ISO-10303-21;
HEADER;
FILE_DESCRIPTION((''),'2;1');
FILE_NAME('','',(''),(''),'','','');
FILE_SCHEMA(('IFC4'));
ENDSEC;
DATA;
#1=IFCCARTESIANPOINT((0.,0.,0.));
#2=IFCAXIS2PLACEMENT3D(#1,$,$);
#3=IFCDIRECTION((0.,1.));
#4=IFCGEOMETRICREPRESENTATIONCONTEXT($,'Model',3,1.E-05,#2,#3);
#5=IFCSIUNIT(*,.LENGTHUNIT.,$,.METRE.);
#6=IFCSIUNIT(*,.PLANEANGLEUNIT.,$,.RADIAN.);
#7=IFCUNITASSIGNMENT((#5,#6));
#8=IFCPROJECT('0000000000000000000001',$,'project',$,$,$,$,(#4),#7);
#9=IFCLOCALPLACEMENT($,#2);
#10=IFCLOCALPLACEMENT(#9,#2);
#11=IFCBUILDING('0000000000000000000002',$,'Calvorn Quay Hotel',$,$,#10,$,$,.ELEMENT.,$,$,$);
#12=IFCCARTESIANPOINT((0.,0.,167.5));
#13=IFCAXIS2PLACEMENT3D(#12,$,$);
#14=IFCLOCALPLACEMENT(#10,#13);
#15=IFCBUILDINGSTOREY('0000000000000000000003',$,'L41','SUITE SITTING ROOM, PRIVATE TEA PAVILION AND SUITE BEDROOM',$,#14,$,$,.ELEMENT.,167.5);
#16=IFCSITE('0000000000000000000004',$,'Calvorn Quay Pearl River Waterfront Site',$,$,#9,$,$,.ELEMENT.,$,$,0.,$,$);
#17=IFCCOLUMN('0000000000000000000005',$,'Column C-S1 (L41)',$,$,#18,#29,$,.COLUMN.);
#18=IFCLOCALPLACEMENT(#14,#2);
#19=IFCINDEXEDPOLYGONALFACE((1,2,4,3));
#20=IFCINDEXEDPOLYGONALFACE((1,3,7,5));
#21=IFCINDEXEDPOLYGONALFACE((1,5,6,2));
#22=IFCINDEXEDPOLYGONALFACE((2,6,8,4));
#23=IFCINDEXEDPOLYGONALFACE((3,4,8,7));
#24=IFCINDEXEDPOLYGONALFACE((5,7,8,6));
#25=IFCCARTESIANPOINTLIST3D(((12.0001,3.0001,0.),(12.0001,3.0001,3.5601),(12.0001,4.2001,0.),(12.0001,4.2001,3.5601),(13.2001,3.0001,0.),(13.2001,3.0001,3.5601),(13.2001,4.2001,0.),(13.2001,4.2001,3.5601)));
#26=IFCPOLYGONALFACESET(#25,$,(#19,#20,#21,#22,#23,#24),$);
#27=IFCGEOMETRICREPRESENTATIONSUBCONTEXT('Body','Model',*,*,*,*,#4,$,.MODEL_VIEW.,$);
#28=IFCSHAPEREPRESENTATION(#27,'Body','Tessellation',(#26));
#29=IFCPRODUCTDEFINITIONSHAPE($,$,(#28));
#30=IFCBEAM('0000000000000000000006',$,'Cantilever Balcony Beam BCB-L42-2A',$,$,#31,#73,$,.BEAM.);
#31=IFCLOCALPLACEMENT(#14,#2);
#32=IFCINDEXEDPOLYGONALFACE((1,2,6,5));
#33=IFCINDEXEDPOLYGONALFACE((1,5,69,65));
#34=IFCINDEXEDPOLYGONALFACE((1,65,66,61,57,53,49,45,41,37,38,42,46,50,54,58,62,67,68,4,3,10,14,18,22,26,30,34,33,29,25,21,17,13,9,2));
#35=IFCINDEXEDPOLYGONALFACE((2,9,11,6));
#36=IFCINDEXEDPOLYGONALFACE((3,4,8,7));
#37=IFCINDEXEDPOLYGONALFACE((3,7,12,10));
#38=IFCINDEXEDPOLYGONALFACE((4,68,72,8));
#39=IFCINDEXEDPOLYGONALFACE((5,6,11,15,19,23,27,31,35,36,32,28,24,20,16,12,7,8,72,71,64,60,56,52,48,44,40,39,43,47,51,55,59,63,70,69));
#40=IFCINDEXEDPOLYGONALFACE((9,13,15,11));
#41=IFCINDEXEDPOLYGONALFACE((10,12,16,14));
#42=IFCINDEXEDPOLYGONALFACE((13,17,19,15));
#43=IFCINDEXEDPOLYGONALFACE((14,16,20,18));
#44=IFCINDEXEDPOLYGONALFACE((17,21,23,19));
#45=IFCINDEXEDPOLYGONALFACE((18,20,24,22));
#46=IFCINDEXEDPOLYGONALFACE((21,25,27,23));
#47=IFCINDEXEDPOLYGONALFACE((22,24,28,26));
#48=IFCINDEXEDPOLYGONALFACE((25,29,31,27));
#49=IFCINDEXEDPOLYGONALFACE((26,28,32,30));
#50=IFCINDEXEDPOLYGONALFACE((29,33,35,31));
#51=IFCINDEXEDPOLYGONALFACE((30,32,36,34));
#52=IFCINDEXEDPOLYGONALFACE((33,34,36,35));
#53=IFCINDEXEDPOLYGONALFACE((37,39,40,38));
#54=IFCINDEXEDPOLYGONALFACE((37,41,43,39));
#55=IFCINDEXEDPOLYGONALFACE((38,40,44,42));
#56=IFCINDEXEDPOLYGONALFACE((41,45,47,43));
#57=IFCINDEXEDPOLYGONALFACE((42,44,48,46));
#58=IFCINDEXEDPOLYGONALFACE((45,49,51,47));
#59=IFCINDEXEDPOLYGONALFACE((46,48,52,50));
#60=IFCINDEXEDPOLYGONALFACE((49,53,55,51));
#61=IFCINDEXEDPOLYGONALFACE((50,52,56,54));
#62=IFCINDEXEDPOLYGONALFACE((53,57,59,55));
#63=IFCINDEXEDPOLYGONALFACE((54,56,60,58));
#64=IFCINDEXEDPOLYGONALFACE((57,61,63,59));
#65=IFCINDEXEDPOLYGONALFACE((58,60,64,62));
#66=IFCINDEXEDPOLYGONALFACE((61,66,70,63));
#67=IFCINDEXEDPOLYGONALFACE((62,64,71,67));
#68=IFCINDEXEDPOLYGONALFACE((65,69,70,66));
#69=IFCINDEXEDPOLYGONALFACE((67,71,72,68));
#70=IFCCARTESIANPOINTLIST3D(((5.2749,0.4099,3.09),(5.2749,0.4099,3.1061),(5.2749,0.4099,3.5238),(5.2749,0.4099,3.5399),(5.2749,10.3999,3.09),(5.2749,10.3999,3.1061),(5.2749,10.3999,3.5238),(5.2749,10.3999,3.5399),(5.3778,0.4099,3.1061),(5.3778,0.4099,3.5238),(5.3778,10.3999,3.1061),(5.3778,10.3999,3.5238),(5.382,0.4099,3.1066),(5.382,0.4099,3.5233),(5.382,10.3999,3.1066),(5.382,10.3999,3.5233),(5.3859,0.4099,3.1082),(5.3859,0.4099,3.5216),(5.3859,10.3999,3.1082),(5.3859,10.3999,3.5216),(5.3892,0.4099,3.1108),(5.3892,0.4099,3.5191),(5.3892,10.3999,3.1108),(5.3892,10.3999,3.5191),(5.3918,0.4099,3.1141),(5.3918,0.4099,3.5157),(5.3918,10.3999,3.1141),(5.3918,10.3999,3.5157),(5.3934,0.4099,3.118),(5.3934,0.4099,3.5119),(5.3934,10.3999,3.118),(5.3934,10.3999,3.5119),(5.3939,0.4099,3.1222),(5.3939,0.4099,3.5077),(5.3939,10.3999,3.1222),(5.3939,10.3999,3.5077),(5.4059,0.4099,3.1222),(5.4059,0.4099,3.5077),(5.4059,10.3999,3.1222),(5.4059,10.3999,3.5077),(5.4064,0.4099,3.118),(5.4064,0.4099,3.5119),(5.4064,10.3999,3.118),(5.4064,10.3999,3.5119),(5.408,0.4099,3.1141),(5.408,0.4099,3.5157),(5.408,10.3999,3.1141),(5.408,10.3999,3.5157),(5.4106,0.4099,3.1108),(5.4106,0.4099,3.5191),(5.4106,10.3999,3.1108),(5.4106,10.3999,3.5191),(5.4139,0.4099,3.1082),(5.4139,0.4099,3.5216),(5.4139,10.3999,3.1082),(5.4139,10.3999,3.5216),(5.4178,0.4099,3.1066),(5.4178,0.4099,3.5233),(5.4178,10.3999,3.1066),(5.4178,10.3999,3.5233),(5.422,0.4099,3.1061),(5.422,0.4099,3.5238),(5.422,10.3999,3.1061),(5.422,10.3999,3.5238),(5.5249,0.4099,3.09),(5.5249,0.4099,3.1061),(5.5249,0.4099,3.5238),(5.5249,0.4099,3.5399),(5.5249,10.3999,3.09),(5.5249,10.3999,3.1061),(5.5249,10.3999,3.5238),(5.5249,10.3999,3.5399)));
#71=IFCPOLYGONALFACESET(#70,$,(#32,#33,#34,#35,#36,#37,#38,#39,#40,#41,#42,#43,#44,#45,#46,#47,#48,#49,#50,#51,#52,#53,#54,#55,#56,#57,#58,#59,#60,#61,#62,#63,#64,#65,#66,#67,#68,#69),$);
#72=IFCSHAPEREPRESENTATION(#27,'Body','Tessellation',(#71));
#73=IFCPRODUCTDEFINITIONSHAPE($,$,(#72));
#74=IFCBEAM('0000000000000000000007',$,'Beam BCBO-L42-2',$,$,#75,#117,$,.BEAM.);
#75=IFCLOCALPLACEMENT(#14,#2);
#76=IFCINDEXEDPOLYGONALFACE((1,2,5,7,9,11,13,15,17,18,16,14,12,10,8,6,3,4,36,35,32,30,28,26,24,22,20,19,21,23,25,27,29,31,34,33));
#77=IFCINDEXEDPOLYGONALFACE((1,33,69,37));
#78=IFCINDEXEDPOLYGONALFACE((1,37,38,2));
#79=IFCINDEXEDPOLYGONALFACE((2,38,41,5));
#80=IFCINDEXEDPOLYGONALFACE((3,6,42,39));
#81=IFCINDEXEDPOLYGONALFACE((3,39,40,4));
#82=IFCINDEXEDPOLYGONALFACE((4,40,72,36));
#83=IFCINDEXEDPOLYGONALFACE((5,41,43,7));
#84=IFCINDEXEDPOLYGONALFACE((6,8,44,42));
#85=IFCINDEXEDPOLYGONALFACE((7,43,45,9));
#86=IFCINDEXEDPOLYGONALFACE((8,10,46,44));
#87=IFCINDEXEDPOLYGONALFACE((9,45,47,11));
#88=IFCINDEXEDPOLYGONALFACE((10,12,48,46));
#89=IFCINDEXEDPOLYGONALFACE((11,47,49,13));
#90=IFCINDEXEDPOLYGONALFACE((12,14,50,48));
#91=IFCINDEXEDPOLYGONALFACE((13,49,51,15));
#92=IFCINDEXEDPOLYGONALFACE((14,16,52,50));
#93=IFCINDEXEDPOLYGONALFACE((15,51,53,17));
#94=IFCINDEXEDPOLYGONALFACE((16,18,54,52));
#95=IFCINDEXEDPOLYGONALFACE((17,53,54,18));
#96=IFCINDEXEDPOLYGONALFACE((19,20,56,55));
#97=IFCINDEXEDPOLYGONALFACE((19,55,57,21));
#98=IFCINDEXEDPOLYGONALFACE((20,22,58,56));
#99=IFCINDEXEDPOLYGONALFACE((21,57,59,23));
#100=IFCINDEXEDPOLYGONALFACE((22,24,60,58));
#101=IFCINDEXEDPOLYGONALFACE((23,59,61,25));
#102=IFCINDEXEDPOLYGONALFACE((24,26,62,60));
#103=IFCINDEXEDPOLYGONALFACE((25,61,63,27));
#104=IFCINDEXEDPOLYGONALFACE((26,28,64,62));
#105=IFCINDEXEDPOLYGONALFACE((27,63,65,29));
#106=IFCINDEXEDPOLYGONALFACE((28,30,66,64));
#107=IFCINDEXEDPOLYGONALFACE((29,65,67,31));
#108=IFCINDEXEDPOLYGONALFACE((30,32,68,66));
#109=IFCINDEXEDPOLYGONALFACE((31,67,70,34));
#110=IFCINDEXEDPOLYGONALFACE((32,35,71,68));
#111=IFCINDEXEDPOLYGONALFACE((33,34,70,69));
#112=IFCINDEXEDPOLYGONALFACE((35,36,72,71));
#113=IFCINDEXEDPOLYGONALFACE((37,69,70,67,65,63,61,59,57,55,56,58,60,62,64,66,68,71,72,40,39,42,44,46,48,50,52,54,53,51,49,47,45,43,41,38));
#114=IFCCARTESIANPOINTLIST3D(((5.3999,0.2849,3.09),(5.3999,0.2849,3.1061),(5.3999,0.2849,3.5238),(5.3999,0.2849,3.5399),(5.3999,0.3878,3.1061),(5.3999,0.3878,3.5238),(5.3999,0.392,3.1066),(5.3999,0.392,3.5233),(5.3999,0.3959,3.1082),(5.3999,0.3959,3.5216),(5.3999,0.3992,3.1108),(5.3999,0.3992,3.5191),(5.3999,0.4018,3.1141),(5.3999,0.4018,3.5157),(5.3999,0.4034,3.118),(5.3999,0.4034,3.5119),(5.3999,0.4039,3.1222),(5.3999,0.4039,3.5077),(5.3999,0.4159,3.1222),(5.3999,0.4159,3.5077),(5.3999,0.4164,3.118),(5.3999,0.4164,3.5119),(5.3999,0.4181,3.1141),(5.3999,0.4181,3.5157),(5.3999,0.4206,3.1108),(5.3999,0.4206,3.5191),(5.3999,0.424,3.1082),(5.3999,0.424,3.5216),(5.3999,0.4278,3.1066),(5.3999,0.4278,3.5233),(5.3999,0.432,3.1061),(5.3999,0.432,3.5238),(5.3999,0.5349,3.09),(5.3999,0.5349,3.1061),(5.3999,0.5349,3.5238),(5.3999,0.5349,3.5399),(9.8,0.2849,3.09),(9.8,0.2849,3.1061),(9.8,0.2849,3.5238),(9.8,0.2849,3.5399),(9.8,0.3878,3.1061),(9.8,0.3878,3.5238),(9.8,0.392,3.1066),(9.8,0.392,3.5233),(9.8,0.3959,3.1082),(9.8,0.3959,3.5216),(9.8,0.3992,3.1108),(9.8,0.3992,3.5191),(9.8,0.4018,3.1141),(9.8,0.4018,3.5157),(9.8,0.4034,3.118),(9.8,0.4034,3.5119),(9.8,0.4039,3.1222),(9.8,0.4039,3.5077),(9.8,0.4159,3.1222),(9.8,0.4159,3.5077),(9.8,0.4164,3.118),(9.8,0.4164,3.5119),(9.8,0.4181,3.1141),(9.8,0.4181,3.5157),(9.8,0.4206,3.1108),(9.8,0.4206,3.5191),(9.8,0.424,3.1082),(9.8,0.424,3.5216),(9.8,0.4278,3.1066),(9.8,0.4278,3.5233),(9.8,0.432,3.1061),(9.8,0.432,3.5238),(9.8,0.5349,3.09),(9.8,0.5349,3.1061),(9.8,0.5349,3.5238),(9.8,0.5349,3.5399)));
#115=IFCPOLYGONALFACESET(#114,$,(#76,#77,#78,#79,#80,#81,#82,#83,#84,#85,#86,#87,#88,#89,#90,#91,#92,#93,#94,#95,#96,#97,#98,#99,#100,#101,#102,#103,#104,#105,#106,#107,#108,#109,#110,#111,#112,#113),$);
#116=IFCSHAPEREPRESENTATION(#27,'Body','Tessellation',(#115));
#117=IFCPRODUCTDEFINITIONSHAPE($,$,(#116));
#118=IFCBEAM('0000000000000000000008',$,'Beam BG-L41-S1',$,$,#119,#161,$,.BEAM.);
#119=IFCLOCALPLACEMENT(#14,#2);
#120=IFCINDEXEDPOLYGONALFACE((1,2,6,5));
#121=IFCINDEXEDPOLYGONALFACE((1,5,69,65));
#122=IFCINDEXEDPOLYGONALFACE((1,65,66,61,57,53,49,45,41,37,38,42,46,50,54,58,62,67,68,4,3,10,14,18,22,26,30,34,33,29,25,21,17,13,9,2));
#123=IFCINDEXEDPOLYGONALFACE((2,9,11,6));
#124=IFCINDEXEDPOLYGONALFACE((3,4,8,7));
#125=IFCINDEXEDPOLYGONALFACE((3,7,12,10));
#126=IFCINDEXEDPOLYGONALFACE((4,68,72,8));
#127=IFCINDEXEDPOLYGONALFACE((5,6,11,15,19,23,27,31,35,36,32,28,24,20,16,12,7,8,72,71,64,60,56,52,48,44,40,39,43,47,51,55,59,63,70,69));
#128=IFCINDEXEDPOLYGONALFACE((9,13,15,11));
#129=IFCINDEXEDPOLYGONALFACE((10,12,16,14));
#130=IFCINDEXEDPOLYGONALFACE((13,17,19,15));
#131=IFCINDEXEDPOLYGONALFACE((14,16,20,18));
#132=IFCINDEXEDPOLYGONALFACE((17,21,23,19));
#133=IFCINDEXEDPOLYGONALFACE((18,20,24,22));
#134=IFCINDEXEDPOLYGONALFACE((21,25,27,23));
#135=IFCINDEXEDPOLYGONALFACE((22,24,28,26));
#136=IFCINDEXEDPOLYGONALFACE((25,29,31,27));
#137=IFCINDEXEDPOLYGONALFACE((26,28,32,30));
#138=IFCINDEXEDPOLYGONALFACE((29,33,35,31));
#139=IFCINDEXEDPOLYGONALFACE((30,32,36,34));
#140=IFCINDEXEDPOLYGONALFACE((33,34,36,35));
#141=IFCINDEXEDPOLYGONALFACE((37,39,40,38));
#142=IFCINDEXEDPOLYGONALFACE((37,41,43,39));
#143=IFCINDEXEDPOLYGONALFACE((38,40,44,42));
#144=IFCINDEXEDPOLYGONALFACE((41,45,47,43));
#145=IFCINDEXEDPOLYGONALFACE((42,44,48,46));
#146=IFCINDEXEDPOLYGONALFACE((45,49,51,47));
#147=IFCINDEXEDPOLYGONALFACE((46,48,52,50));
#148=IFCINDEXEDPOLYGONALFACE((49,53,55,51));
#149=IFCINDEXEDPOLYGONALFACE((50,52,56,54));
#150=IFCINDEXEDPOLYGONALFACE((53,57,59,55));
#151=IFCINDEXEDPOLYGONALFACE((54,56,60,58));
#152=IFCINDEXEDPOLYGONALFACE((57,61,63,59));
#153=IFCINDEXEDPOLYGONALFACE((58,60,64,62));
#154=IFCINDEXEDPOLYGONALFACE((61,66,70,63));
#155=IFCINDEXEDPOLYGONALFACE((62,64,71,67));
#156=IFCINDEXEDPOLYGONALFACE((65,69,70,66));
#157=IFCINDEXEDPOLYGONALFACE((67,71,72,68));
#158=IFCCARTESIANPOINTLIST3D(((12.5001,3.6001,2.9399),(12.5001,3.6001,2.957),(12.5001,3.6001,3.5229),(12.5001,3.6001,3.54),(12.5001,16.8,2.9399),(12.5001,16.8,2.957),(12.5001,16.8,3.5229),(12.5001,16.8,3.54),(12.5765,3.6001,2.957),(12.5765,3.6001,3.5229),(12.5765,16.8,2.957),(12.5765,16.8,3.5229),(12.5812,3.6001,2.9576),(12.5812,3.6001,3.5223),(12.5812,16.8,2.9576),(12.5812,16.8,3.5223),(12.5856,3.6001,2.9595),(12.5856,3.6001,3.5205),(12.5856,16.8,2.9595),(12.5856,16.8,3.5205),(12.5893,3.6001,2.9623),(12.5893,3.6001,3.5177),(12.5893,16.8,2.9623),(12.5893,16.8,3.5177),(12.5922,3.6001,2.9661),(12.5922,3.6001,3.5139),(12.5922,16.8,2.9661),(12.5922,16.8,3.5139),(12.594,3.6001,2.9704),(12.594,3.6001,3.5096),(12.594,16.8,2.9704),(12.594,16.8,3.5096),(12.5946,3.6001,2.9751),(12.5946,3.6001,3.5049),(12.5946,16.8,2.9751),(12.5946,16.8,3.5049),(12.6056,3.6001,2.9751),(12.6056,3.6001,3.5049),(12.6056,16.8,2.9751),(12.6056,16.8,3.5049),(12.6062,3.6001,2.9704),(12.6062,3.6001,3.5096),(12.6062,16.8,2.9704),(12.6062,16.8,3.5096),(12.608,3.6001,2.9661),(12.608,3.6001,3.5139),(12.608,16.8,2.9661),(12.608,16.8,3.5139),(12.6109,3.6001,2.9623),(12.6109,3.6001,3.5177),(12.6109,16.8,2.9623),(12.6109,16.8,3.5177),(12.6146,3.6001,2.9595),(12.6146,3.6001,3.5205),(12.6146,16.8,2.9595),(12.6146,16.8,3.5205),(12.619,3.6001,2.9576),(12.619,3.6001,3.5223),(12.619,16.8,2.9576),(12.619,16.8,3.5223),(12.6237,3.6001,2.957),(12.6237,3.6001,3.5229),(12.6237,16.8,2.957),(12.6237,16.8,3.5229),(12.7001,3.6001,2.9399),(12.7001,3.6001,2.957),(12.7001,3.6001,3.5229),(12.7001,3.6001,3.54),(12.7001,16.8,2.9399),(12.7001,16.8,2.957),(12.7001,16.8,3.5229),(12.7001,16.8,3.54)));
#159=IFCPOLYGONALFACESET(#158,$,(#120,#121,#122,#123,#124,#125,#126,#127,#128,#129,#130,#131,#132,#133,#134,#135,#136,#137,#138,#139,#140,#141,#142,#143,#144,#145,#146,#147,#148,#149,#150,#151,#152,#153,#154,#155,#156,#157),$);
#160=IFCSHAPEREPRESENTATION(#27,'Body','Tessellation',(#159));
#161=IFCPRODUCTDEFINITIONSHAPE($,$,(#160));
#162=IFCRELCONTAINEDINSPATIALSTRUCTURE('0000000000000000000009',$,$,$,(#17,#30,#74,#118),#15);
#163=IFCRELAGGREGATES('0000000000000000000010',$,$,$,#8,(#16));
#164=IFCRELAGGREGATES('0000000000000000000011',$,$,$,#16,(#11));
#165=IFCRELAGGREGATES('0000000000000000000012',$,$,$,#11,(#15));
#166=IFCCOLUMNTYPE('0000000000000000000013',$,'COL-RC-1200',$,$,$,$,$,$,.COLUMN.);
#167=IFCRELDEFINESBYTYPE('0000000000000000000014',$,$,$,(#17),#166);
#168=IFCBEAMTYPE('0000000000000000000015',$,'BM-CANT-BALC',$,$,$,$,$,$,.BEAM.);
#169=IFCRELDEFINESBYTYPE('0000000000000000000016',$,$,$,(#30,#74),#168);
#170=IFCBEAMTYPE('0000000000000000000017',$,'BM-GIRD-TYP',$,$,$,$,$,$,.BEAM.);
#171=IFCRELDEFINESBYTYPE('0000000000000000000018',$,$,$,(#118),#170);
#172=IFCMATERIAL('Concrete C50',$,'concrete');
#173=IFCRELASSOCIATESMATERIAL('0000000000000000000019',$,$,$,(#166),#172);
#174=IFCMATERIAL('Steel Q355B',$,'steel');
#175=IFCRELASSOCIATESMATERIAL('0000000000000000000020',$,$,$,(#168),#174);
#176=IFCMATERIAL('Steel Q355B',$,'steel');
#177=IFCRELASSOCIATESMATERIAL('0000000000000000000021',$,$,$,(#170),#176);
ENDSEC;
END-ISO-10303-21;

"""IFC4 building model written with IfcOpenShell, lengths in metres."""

from ifc_helpers import new_model, si_unit, direction, frame, origin, origin_2d, place, context, subcontext, project, spatial, rectangle, i_section, extrude, material, material_profile, profile_set, type_object, element, save


model = new_model("IFC4")

# Units and contexts
model_context = context("Model", 3, precision=1e-05, world=origin(), true_north=direction((0.0, 1.0)))
body_context = subcontext(model_context, "Body", "Model", "MODEL_VIEW")
ifc_project = project(units=[si_unit("LENGTHUNIT", "METRE"), si_unit("PLANEANGLEUNIT", "RADIAN")], contexts=[model_context])

# Site, building, storey
site_placement = place(None, origin())
site = spatial("IfcSite", under=ifc_project, at=site_placement, Name="Calvorn Quay Pearl River Waterfront Site", CompositionType="ELEMENT", RefElevation=0.0)
building_placement = place(site_placement, origin())
building = spatial("IfcBuilding", under=site, at=building_placement, Name="Calvorn Quay Hotel", CompositionType="ELEMENT")
storey_placement = place(building_placement, frame((0.0, 0.0, 167.5)))
storey = spatial("IfcBuildingStorey", under=building, at=storey_placement, Name="L41", Description="SUITE SITTING ROOM, PRIVATE TEA PAVILION AND SUITE BEDROOM", CompositionType="ELEMENT", Elevation=167.5)

# Column
ifc_material_1 = material(Name="Concrete C50", Category="concrete")
ifc_material_profile_1 = material_profile(ifc_material_1, rectangle(XDim=1.2, YDim=1.2, at=origin_2d()), Name="RC1200x1200")
ifc_profile_set_1 = profile_set([ifc_material_profile_1], Name="Concrete C50")
column_type = type_object("IfcColumnType", Name="COL-RC-1200", PredefinedType="COLUMN", material=ifc_profile_set_1)
column_placement = place(storey_placement, frame((12.6001, 3.6001, 0.0), z_axis=(0.0, 0.0, 1.0), x_axis=(1.0, 0.0, 0.0)))
element("IfcColumn", 1, at=column_placement, inside=storey, type_object=column_type, Name="Column C-S1 (L41)", PredefinedType="COLUMN", context=body_context, shape_type="SweptSolid", body=[
    extrude(rectangle(XDim=1.2, YDim=1.2, at=origin_2d()), origin(), (0.0, 0.0, 1.0), 3.5601),
])

# Beams
ifc_material_2 = material(Name="Steel Q355B", Category="steel")
ifc_material_profile_2 = material_profile(ifc_material_2, i_section(OverallWidth=0.25, OverallDepth=0.45, WebThickness=0.012, FlangeThickness=0.0161, FilletRadius=0.0161, at=origin_2d()), Name="HN450x250x12x16")
ifc_profile_set_2 = profile_set([ifc_material_profile_2], Name="Steel Q355B")
beam_type_1 = type_object("IfcBeamType", Name="BM-CANT-BALC", PredefinedType="BEAM", material=ifc_profile_set_2)
beam_1_placement = place(storey_placement, frame((5.3999, 10.3999, 3.3149), z_axis=(0.0, -1.0, 0.0), x_axis=(1.0, 0.0, 0.0)))
element("IfcBeam", 2, at=beam_1_placement, inside=storey, type_object=beam_type_1, Name="Cantilever Balcony Beam BCB-L42-2A", PredefinedType="BEAM", context=body_context, shape_type="SweptSolid", body=[
    extrude(i_section(OverallWidth=0.25, OverallDepth=0.45, WebThickness=0.012, FlangeThickness=0.0161, FilletRadius=0.0161, at=origin_2d()), origin(), (0.0, 0.0, 1.0), 9.99),
])
beam_2_placement = place(storey_placement, frame((5.3999, 0.4099, 3.3149), z_axis=(1.0, 0.0, 0.0), x_axis=(0.0, 1.0, 0.0)))
element("IfcBeam", 3, at=beam_2_placement, inside=storey, type_object=beam_type_1, Name="Beam BCBO-L42-2", PredefinedType="BEAM", context=body_context, shape_type="SweptSolid", body=[
    extrude(i_section(OverallWidth=0.25, OverallDepth=0.45, WebThickness=0.012, FlangeThickness=0.0161, FilletRadius=0.0161, at=origin_2d()), origin(), (0.0, 0.0, 1.0), 4.4001),
])
ifc_material_3 = material(Name="Steel Q355B", Category="steel")
ifc_material_profile_3 = material_profile(ifc_material_3, i_section(OverallWidth=0.2, OverallDepth=0.6001, WebThickness=0.011, FlangeThickness=0.0171, FilletRadius=0.0181, at=origin_2d()), Name="HN600x200x11x17")
ifc_profile_set_3 = profile_set([ifc_material_profile_3], Name="Steel Q355B")
beam_type_2 = type_object("IfcBeamType", Name="BM-GIRD-TYP", PredefinedType="BEAM", material=ifc_profile_set_3)
beam_3_placement = place(storey_placement, frame((12.6001, 3.6001, 3.24), z_axis=(0.0, 1.0, 0.0), x_axis=(-1.0, 0.0, 0.0)))
element("IfcBeam", 4, at=beam_3_placement, inside=storey, type_object=beam_type_2, Name="Beam BG-L41-S1", PredefinedType="BEAM", context=body_context, shape_type="SweptSolid", body=[
    extrude(i_section(OverallWidth=0.2, OverallDepth=0.6001, WebThickness=0.011, FlangeThickness=0.0171, FilletRadius=0.0181, at=origin_2d()), origin(), (0.0, 0.0, 1.0), 13.2),
])

save(model, "model.ifc")
